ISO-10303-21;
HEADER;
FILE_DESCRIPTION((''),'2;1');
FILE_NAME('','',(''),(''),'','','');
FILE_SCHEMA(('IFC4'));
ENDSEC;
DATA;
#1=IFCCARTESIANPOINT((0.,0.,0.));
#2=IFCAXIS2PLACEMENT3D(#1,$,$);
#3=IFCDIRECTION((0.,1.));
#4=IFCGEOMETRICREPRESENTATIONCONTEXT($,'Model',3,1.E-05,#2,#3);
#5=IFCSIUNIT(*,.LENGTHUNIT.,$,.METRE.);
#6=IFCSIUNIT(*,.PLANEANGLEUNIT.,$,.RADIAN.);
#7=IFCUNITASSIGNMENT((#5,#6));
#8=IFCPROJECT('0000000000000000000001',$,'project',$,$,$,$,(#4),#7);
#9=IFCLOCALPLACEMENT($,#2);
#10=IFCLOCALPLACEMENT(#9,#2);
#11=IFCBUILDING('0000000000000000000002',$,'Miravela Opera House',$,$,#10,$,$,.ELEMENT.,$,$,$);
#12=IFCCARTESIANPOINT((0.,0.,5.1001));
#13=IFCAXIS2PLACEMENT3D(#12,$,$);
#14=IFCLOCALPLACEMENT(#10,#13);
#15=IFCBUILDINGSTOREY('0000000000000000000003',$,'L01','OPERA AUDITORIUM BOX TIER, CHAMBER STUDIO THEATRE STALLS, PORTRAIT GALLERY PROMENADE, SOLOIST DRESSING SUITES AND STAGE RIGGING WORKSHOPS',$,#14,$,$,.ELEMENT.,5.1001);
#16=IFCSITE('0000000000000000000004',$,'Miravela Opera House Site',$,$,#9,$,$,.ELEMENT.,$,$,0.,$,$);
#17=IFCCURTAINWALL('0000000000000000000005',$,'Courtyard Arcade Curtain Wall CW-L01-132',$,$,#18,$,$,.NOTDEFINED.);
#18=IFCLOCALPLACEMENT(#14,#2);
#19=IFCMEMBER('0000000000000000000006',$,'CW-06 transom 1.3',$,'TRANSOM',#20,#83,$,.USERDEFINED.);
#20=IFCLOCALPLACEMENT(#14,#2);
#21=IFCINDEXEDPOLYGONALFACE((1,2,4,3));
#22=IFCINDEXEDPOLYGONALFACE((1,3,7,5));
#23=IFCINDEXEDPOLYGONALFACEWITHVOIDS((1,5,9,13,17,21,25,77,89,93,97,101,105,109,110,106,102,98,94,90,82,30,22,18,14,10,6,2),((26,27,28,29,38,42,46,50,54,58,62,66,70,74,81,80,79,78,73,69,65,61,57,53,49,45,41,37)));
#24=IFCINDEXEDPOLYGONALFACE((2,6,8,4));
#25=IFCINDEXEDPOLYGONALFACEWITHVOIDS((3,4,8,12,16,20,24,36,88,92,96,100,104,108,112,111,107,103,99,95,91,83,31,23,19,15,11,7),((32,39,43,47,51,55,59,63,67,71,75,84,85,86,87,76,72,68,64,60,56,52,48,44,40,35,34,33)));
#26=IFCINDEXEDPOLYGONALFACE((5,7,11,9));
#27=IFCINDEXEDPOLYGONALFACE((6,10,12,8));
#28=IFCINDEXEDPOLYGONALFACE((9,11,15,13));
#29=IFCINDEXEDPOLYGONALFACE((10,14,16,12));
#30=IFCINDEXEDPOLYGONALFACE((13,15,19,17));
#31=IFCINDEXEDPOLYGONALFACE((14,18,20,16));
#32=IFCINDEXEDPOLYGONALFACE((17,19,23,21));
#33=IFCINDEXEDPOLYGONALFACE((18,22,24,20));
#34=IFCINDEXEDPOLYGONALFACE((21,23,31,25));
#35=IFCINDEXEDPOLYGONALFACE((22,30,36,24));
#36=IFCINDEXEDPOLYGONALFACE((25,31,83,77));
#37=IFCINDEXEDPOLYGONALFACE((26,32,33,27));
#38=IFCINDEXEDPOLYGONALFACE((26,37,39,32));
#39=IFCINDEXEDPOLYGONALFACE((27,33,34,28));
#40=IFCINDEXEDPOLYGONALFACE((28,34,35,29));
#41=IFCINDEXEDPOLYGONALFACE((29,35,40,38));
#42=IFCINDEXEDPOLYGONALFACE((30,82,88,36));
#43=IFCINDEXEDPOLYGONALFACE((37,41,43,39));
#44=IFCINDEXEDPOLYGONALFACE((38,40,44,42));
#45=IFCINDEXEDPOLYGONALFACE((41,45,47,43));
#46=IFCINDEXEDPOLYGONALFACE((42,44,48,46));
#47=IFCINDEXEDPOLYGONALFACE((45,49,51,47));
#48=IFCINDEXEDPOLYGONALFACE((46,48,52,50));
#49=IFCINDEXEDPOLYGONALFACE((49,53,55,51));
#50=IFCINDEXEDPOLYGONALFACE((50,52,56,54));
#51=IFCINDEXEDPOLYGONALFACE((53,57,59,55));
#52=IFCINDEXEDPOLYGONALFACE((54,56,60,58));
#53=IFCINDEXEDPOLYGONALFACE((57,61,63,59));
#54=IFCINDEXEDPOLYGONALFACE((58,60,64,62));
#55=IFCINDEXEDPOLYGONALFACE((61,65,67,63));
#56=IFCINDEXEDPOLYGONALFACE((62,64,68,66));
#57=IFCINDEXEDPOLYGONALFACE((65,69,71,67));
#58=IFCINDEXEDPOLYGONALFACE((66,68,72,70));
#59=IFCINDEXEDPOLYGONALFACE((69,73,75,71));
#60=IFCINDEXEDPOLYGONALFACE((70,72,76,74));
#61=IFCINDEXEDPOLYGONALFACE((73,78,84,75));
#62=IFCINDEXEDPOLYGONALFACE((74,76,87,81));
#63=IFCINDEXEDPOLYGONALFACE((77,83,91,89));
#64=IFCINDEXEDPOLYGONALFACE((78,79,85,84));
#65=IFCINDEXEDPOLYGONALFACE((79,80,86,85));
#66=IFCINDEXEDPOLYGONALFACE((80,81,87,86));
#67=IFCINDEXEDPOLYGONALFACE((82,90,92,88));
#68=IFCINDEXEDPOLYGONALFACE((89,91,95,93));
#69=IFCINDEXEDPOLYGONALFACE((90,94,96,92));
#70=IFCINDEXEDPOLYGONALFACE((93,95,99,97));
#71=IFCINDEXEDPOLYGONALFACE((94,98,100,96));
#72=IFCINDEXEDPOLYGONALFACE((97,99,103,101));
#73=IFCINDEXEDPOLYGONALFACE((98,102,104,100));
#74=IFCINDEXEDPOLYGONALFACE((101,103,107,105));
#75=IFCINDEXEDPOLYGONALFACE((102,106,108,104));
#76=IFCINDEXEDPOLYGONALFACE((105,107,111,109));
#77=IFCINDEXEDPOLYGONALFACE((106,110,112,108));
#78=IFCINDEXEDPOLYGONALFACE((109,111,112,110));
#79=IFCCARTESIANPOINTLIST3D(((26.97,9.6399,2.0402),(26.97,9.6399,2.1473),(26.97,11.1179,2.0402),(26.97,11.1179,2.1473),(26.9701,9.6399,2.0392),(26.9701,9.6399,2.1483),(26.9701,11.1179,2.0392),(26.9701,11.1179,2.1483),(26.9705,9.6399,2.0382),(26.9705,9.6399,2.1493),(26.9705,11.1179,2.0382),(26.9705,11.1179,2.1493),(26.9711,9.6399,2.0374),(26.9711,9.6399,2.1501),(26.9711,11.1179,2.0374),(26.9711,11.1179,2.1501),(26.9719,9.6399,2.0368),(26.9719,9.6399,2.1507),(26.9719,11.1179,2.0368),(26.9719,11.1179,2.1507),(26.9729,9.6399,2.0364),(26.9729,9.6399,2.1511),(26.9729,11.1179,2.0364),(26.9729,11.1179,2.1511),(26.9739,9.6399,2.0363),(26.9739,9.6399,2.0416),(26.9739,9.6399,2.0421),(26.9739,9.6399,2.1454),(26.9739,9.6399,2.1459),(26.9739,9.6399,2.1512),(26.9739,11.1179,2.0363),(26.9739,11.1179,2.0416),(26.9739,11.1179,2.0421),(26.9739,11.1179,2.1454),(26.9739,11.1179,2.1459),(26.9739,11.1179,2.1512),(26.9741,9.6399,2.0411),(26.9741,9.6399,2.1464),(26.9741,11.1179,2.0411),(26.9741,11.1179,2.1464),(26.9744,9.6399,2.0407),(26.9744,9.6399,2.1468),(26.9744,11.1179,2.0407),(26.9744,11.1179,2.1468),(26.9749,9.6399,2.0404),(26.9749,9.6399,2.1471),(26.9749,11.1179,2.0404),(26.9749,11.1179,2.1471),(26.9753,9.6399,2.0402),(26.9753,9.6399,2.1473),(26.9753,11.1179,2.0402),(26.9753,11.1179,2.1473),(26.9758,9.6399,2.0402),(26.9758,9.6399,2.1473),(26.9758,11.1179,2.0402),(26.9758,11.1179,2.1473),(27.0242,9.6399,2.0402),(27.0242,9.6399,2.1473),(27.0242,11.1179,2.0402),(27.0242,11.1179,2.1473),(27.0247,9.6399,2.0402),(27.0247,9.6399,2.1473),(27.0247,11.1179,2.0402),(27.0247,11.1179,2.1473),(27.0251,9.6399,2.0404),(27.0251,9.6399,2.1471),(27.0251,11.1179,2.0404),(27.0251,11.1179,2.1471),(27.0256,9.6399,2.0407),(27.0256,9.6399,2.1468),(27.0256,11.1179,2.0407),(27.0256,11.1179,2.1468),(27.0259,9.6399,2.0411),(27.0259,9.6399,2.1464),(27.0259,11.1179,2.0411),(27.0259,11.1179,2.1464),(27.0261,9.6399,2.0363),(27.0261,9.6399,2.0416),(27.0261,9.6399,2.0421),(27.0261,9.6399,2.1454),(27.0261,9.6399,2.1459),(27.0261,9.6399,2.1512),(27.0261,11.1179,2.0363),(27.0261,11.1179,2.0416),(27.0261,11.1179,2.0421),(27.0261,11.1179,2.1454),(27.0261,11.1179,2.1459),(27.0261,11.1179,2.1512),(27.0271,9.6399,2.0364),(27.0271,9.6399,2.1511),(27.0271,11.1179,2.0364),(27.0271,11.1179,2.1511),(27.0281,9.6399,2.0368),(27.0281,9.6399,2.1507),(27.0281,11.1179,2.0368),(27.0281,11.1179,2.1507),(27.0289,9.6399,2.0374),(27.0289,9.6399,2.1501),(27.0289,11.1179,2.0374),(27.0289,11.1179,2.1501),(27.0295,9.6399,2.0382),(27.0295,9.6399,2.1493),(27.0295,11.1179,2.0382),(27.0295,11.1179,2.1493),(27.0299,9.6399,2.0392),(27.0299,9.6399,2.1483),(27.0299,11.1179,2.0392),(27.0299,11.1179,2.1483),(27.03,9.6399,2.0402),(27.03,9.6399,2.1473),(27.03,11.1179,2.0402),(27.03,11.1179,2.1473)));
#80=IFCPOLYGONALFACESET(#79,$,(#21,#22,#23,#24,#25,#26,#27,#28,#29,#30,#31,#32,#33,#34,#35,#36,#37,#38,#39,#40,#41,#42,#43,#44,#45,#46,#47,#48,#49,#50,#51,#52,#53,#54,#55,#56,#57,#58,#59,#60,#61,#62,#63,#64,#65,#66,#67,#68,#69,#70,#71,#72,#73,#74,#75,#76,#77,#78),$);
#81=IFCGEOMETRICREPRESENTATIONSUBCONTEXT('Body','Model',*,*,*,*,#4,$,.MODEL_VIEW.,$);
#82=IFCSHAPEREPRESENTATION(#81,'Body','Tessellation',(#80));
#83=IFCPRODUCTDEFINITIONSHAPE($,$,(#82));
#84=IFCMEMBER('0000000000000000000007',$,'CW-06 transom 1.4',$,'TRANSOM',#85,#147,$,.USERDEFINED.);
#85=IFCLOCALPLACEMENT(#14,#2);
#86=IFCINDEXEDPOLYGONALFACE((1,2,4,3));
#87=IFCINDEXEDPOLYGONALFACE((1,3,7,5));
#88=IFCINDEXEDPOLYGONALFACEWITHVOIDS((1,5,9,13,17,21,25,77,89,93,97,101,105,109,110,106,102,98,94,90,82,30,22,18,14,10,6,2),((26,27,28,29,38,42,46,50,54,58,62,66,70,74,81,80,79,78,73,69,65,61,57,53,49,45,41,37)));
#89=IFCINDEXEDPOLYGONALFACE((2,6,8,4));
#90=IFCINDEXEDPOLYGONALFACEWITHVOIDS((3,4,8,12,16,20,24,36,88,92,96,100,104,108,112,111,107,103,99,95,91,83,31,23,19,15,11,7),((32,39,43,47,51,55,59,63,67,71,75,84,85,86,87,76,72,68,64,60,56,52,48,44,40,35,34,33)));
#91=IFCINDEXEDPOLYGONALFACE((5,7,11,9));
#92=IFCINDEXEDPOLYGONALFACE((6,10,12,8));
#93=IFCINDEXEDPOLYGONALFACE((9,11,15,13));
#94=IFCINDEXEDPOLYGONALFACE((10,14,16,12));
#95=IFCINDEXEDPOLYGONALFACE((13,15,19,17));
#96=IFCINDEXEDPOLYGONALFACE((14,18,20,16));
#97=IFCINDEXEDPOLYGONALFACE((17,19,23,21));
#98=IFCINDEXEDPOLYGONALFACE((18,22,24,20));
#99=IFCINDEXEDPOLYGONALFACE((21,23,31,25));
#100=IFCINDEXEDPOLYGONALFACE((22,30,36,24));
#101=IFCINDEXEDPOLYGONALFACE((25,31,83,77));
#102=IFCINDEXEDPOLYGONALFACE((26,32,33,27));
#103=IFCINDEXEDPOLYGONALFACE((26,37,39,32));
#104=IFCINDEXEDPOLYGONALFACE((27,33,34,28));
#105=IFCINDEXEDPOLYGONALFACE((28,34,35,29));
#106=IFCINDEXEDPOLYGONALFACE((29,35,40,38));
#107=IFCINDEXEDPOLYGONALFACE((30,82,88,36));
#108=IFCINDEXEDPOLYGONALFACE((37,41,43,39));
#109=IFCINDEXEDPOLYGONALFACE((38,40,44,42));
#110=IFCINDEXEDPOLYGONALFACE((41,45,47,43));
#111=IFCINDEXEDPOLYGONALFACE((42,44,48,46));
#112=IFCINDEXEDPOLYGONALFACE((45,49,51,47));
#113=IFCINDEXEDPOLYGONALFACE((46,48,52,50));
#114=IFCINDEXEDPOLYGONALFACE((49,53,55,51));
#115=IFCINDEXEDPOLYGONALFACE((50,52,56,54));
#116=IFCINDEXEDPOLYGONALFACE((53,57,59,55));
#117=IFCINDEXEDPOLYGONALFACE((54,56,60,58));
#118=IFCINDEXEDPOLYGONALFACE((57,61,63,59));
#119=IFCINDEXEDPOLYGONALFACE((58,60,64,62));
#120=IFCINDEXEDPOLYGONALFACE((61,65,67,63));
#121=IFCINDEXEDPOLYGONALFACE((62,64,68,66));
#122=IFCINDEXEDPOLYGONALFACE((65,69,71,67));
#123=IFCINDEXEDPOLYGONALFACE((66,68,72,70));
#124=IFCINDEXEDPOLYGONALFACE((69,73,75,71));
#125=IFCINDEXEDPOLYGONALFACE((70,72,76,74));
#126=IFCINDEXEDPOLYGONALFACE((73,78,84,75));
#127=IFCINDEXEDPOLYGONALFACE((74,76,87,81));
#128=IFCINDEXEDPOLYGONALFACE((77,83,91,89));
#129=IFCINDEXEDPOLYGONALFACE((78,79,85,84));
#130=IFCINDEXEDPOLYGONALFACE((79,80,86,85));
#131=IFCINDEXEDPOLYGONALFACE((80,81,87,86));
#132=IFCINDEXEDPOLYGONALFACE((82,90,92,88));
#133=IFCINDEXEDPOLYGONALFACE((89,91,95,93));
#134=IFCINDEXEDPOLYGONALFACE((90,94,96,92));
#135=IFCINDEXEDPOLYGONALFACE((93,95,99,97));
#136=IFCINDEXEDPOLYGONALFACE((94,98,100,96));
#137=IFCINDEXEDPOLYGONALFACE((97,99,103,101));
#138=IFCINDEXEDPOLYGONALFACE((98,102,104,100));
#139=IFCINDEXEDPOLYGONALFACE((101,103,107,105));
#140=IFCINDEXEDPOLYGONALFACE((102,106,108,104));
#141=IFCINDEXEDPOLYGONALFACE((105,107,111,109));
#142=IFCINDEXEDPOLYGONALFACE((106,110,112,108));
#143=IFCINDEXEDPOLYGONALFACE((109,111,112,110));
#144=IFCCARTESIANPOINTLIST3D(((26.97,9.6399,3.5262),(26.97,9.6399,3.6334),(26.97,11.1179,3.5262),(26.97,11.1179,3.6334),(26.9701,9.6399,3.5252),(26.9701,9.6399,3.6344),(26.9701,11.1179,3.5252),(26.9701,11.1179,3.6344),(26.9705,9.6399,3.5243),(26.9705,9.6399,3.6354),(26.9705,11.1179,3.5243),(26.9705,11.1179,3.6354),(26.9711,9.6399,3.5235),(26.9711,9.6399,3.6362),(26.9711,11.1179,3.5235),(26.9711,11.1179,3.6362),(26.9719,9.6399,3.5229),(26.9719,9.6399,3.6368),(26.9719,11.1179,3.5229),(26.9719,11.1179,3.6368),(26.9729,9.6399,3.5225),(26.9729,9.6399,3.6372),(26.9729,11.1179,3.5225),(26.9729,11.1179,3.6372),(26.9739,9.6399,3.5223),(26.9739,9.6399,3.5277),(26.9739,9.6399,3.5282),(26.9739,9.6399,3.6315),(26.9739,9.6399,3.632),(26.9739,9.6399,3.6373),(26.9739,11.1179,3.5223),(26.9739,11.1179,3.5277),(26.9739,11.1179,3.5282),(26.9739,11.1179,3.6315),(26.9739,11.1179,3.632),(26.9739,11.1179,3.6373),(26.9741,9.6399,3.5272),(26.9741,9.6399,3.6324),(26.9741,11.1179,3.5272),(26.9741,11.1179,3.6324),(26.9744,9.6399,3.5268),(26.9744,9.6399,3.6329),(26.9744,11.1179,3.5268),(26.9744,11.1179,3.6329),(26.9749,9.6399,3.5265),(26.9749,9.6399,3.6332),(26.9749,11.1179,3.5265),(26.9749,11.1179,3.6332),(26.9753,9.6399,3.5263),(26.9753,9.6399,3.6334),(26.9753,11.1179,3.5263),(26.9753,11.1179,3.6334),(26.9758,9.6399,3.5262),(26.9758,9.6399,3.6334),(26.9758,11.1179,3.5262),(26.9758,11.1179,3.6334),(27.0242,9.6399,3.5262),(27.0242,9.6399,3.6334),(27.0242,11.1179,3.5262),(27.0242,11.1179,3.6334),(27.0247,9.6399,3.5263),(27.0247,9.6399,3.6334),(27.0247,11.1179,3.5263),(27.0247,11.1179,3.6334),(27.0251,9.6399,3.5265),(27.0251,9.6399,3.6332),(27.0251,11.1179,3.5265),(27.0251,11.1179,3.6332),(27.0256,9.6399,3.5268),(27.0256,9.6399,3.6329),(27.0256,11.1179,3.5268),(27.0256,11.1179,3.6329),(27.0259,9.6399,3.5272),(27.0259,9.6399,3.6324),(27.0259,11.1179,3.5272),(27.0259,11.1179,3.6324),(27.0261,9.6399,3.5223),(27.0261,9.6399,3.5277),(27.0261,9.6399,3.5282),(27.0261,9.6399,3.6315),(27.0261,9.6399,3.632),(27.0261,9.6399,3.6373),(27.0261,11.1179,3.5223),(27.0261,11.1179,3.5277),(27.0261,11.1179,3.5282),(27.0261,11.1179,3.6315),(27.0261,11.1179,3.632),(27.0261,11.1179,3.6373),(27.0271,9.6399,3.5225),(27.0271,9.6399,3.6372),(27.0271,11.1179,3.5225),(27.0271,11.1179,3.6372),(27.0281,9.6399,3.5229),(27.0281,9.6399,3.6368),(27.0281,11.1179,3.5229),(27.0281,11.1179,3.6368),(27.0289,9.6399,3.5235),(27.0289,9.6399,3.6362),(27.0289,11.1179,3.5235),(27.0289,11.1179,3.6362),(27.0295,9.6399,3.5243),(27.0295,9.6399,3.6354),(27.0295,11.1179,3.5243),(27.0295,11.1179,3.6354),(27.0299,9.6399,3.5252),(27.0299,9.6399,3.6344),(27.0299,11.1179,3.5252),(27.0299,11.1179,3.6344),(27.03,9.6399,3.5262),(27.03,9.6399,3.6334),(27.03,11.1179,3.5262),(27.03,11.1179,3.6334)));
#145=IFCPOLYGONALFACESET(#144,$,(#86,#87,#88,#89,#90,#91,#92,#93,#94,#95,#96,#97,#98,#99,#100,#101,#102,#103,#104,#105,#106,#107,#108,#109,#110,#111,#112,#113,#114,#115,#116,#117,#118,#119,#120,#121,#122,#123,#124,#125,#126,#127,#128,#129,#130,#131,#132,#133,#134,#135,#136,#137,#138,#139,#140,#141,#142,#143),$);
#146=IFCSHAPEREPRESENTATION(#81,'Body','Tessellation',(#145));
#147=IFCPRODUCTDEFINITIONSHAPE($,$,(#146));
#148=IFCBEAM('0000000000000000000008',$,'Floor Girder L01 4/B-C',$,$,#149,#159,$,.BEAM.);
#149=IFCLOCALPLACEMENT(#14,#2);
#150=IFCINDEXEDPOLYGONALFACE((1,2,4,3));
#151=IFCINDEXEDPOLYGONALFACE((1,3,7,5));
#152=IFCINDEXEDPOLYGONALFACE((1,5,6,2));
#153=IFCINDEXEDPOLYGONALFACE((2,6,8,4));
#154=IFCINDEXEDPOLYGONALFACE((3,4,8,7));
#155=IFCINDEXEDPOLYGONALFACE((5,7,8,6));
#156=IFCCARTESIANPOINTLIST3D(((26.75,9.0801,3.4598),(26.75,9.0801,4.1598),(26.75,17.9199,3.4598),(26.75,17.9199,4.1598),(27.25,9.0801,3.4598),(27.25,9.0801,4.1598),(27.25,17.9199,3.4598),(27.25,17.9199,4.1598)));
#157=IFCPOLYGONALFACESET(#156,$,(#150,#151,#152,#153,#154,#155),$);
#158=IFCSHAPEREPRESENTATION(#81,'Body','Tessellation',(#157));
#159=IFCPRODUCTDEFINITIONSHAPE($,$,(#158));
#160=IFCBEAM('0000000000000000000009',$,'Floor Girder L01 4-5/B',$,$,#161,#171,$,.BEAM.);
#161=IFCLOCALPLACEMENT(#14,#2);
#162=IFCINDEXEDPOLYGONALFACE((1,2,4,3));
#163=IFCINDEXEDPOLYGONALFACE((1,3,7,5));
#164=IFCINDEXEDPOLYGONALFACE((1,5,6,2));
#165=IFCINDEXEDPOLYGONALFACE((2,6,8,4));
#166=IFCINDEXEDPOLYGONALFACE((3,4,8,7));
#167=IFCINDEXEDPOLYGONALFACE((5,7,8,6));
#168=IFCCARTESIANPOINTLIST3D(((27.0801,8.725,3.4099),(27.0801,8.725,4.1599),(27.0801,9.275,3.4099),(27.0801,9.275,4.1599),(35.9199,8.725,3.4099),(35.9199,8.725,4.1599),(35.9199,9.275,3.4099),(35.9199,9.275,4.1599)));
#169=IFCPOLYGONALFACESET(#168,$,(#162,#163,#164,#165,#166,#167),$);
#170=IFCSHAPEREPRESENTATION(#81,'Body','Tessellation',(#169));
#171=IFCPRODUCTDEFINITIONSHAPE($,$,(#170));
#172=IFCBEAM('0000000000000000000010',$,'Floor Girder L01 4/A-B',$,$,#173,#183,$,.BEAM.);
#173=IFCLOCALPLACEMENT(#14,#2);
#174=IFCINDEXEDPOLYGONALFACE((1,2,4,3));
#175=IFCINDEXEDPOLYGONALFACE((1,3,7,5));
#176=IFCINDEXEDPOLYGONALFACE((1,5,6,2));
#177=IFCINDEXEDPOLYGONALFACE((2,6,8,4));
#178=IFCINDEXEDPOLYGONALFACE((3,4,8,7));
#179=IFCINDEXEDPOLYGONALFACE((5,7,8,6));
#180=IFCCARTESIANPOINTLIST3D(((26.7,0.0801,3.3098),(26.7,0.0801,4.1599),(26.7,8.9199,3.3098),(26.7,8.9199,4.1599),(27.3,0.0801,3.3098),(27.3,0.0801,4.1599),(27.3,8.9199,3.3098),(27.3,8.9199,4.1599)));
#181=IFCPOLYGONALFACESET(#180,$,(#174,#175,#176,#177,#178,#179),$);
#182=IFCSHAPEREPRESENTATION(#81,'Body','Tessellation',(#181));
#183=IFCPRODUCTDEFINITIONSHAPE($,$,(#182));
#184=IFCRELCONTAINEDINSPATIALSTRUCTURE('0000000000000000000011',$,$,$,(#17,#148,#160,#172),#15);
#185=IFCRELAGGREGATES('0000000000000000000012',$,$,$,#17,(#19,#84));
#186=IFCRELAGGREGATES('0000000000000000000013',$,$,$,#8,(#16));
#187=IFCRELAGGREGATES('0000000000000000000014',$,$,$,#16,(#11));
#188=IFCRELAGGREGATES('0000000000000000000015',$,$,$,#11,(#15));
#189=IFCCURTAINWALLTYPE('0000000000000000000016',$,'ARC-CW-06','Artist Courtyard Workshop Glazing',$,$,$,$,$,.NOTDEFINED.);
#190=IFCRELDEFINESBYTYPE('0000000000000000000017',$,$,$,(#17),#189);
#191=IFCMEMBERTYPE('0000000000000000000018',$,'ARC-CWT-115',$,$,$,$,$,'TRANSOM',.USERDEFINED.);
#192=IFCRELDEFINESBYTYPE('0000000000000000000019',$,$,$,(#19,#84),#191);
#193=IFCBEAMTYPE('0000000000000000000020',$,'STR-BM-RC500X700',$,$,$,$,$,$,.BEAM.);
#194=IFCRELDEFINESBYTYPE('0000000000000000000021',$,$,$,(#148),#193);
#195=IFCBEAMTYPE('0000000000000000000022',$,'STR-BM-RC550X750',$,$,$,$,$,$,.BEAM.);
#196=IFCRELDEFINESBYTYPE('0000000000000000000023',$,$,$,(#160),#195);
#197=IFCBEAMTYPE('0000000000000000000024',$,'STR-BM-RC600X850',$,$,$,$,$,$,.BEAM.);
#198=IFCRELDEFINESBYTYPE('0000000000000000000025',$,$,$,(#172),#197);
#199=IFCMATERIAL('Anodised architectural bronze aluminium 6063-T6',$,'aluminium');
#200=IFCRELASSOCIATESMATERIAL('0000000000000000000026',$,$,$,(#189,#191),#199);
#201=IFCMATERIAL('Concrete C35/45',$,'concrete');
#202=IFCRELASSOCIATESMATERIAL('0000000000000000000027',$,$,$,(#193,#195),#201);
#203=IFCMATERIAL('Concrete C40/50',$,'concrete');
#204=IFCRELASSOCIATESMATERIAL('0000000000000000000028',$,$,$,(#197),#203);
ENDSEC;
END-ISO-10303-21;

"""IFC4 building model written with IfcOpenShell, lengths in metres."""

from ifc_helpers import new_model, si_unit, direction, frame, origin, origin_2d, place, context, subcontext, project, spatial, rectangle, hollow_rectangle, extrude, material, material_profile, profile_set, type_object, element, aggregate, save


model = new_model("IFC4")

# Units and contexts
model_context = context("Model", 3, precision=1e-05, world=origin(), true_north=direction((0.0, 1.0)))
body_context = subcontext(model_context, "Body", "Model", "MODEL_VIEW")
ifc_project = project(units=[si_unit("LENGTHUNIT", "METRE"), si_unit("PLANEANGLEUNIT", "RADIAN")], contexts=[model_context])

# Site, building, storey
site_placement = place(None, origin())
site = spatial("IfcSite", under=ifc_project, at=site_placement, Name="Miravela Opera House Site", CompositionType="ELEMENT", RefElevation=0.0)
building_placement = place(site_placement, origin())
building = spatial("IfcBuilding", under=site, at=building_placement, Name="Miravela Opera House", CompositionType="ELEMENT")
storey_placement = place(building_placement, frame((0.0, 0.0, 5.1001)))
storey = spatial("IfcBuildingStorey", under=building, at=storey_placement, Name="L01", Description="OPERA AUDITORIUM BOX TIER, CHAMBER STUDIO THEATRE STALLS, PORTRAIT GALLERY PROMENADE, SOLOIST DRESSING SUITES AND STAGE RIGGING WORKSHOPS", CompositionType="ELEMENT", Elevation=5.1001)

# Shared definitions
ifc_material_1 = material(Name="Concrete C35/45", Category="concrete")

# Curtain wall
ifc_material_2 = material(Name="Anodised architectural bronze aluminium 6063-T6", Category="aluminium")
curtain_wall_type = type_object("IfcCurtainWallType", Name="ARC-CW-06", Description="Artist Courtyard Workshop Glazing", PredefinedType="NOTDEFINED", material=ifc_material_2)
curtain_wall_1_placement = place(storey_placement, origin())
curtain_wall_1 = element("IfcCurtainWall", 1, at=curtain_wall_1_placement, inside=storey, type_object=curtain_wall_type, Name="Courtyard Arcade Curtain Wall CW-L01-132", PredefinedType="NOTDEFINED")

# Members
ifc_material_profile_1 = material_profile(ifc_material_2, hollow_rectangle(XDim=0.0601, YDim=0.115, WallThickness=0.0039, InnerFilletRadius=0.002, OuterFilletRadius=0.0039, at=origin_2d()), Name="CWT-60X115")
ifc_profile_set_1 = profile_set([ifc_material_profile_1])
member_type_1 = type_object("IfcMemberType", Name="ARC-CWT-115", ElementType="TRANSOM", PredefinedType="USERDEFINED", material=ifc_profile_set_1)
member_1_placement = place(storey_placement, frame((27.0, 9.6399, 2.0938), z_axis=(0.0, 1.0, 0.0), x_axis=(-1.0, 0.0, 0.0)))
member_1 = element("IfcMember", 2, at=member_1_placement, type_object=member_type_1, Name="CW-06 transom 1.3", ObjectType="TRANSOM", PredefinedType="USERDEFINED", context=body_context, shape_type="SweptSolid", body=[
    extrude(hollow_rectangle(XDim=0.0601, YDim=0.115, WallThickness=0.0039, InnerFilletRadius=0.002, OuterFilletRadius=0.0039, at=origin_2d()), origin(), (0.0, 0.0, 1.0), 1.478),
])
member_2_placement = place(storey_placement, frame((27.0, 9.6399, 3.5798), z_axis=(0.0, 1.0, 0.0), x_axis=(-1.0, 0.0, 0.0)))
member_2 = element("IfcMember", 3, at=member_2_placement, type_object=member_type_1, Name="CW-06 transom 1.4", ObjectType="TRANSOM", PredefinedType="USERDEFINED", context=body_context, shape_type="SweptSolid", body=[
    extrude(hollow_rectangle(XDim=0.0601, YDim=0.115, WallThickness=0.0039, InnerFilletRadius=0.002, OuterFilletRadius=0.0039, at=origin_2d()), origin(), (0.0, 0.0, 1.0), 1.478),
])

# Beams
ifc_material_profile_2 = material_profile(ifc_material_1, rectangle(XDim=0.5, YDim=0.7, at=origin_2d()), Name="RC-BM-500X700")
ifc_profile_set_2 = profile_set([ifc_material_profile_2])
beam_type_1 = type_object("IfcBeamType", Name="STR-BM-RC500X700", PredefinedType="BEAM", material=ifc_profile_set_2)
beam_1_placement = place(storey_placement, frame((27.0, 9.0801, 3.8098), z_axis=(0.0, 1.0, 0.0), x_axis=(-1.0, 0.0, 0.0)))
element("IfcBeam", 4, at=beam_1_placement, inside=storey, type_object=beam_type_1, Name="Floor Girder L01 4/B-C", PredefinedType="BEAM", context=body_context, shape_type="SweptSolid", body=[
    extrude(rectangle(XDim=0.5, YDim=0.7, at=origin_2d()), origin(), (0.0, 0.0, 1.0), 8.8398),
])
ifc_material_profile_3 = material_profile(ifc_material_1, rectangle(XDim=0.55, YDim=0.75, at=origin_2d()), Name="RC-BM-550X750")
ifc_profile_set_3 = profile_set([ifc_material_profile_3])
beam_type_2 = type_object("IfcBeamType", Name="STR-BM-RC550X750", PredefinedType="BEAM", material=ifc_profile_set_3)
beam_2_placement = place(storey_placement, frame((27.0801, 9.0, 3.7849), z_axis=(1.0, 0.0, 0.0), x_axis=(0.0, 1.0, 0.0)))
element("IfcBeam", 5, at=beam_2_placement, inside=storey, type_object=beam_type_2, Name="Floor Girder L01 4-5/B", PredefinedType="BEAM", context=body_context, shape_type="SweptSolid", body=[
    extrude(rectangle(XDim=0.55, YDim=0.75, at=origin_2d()), origin(), (0.0, 0.0, 1.0), 8.8398),
])
ifc_material_3 = material(Name="Concrete C40/50", Category="concrete")
ifc_material_profile_4 = material_profile(ifc_material_3, rectangle(XDim=0.6001, YDim=0.8501, at=origin_2d()), Name="RC-BM-600X850")
ifc_profile_set_4 = profile_set([ifc_material_profile_4])
beam_type_3 = type_object("IfcBeamType", Name="STR-BM-RC600X850", PredefinedType="BEAM", material=ifc_profile_set_4)
beam_3_placement = place(storey_placement, frame((27.0, 0.0801, 3.7349), z_axis=(0.0, 1.0, 0.0), x_axis=(-1.0, 0.0, 0.0)))
element("IfcBeam", 6, at=beam_3_placement, inside=storey, type_object=beam_type_3, Name="Floor Girder L01 4/A-B", PredefinedType="BEAM", context=body_context, shape_type="SweptSolid", body=[
    extrude(rectangle(XDim=0.6001, YDim=0.8501, at=origin_2d()), origin(), (0.0, 0.0, 1.0), 8.8398),
])

aggregate(curtain_wall_1, [member_1, member_2])

save(model, "model.ifc")
